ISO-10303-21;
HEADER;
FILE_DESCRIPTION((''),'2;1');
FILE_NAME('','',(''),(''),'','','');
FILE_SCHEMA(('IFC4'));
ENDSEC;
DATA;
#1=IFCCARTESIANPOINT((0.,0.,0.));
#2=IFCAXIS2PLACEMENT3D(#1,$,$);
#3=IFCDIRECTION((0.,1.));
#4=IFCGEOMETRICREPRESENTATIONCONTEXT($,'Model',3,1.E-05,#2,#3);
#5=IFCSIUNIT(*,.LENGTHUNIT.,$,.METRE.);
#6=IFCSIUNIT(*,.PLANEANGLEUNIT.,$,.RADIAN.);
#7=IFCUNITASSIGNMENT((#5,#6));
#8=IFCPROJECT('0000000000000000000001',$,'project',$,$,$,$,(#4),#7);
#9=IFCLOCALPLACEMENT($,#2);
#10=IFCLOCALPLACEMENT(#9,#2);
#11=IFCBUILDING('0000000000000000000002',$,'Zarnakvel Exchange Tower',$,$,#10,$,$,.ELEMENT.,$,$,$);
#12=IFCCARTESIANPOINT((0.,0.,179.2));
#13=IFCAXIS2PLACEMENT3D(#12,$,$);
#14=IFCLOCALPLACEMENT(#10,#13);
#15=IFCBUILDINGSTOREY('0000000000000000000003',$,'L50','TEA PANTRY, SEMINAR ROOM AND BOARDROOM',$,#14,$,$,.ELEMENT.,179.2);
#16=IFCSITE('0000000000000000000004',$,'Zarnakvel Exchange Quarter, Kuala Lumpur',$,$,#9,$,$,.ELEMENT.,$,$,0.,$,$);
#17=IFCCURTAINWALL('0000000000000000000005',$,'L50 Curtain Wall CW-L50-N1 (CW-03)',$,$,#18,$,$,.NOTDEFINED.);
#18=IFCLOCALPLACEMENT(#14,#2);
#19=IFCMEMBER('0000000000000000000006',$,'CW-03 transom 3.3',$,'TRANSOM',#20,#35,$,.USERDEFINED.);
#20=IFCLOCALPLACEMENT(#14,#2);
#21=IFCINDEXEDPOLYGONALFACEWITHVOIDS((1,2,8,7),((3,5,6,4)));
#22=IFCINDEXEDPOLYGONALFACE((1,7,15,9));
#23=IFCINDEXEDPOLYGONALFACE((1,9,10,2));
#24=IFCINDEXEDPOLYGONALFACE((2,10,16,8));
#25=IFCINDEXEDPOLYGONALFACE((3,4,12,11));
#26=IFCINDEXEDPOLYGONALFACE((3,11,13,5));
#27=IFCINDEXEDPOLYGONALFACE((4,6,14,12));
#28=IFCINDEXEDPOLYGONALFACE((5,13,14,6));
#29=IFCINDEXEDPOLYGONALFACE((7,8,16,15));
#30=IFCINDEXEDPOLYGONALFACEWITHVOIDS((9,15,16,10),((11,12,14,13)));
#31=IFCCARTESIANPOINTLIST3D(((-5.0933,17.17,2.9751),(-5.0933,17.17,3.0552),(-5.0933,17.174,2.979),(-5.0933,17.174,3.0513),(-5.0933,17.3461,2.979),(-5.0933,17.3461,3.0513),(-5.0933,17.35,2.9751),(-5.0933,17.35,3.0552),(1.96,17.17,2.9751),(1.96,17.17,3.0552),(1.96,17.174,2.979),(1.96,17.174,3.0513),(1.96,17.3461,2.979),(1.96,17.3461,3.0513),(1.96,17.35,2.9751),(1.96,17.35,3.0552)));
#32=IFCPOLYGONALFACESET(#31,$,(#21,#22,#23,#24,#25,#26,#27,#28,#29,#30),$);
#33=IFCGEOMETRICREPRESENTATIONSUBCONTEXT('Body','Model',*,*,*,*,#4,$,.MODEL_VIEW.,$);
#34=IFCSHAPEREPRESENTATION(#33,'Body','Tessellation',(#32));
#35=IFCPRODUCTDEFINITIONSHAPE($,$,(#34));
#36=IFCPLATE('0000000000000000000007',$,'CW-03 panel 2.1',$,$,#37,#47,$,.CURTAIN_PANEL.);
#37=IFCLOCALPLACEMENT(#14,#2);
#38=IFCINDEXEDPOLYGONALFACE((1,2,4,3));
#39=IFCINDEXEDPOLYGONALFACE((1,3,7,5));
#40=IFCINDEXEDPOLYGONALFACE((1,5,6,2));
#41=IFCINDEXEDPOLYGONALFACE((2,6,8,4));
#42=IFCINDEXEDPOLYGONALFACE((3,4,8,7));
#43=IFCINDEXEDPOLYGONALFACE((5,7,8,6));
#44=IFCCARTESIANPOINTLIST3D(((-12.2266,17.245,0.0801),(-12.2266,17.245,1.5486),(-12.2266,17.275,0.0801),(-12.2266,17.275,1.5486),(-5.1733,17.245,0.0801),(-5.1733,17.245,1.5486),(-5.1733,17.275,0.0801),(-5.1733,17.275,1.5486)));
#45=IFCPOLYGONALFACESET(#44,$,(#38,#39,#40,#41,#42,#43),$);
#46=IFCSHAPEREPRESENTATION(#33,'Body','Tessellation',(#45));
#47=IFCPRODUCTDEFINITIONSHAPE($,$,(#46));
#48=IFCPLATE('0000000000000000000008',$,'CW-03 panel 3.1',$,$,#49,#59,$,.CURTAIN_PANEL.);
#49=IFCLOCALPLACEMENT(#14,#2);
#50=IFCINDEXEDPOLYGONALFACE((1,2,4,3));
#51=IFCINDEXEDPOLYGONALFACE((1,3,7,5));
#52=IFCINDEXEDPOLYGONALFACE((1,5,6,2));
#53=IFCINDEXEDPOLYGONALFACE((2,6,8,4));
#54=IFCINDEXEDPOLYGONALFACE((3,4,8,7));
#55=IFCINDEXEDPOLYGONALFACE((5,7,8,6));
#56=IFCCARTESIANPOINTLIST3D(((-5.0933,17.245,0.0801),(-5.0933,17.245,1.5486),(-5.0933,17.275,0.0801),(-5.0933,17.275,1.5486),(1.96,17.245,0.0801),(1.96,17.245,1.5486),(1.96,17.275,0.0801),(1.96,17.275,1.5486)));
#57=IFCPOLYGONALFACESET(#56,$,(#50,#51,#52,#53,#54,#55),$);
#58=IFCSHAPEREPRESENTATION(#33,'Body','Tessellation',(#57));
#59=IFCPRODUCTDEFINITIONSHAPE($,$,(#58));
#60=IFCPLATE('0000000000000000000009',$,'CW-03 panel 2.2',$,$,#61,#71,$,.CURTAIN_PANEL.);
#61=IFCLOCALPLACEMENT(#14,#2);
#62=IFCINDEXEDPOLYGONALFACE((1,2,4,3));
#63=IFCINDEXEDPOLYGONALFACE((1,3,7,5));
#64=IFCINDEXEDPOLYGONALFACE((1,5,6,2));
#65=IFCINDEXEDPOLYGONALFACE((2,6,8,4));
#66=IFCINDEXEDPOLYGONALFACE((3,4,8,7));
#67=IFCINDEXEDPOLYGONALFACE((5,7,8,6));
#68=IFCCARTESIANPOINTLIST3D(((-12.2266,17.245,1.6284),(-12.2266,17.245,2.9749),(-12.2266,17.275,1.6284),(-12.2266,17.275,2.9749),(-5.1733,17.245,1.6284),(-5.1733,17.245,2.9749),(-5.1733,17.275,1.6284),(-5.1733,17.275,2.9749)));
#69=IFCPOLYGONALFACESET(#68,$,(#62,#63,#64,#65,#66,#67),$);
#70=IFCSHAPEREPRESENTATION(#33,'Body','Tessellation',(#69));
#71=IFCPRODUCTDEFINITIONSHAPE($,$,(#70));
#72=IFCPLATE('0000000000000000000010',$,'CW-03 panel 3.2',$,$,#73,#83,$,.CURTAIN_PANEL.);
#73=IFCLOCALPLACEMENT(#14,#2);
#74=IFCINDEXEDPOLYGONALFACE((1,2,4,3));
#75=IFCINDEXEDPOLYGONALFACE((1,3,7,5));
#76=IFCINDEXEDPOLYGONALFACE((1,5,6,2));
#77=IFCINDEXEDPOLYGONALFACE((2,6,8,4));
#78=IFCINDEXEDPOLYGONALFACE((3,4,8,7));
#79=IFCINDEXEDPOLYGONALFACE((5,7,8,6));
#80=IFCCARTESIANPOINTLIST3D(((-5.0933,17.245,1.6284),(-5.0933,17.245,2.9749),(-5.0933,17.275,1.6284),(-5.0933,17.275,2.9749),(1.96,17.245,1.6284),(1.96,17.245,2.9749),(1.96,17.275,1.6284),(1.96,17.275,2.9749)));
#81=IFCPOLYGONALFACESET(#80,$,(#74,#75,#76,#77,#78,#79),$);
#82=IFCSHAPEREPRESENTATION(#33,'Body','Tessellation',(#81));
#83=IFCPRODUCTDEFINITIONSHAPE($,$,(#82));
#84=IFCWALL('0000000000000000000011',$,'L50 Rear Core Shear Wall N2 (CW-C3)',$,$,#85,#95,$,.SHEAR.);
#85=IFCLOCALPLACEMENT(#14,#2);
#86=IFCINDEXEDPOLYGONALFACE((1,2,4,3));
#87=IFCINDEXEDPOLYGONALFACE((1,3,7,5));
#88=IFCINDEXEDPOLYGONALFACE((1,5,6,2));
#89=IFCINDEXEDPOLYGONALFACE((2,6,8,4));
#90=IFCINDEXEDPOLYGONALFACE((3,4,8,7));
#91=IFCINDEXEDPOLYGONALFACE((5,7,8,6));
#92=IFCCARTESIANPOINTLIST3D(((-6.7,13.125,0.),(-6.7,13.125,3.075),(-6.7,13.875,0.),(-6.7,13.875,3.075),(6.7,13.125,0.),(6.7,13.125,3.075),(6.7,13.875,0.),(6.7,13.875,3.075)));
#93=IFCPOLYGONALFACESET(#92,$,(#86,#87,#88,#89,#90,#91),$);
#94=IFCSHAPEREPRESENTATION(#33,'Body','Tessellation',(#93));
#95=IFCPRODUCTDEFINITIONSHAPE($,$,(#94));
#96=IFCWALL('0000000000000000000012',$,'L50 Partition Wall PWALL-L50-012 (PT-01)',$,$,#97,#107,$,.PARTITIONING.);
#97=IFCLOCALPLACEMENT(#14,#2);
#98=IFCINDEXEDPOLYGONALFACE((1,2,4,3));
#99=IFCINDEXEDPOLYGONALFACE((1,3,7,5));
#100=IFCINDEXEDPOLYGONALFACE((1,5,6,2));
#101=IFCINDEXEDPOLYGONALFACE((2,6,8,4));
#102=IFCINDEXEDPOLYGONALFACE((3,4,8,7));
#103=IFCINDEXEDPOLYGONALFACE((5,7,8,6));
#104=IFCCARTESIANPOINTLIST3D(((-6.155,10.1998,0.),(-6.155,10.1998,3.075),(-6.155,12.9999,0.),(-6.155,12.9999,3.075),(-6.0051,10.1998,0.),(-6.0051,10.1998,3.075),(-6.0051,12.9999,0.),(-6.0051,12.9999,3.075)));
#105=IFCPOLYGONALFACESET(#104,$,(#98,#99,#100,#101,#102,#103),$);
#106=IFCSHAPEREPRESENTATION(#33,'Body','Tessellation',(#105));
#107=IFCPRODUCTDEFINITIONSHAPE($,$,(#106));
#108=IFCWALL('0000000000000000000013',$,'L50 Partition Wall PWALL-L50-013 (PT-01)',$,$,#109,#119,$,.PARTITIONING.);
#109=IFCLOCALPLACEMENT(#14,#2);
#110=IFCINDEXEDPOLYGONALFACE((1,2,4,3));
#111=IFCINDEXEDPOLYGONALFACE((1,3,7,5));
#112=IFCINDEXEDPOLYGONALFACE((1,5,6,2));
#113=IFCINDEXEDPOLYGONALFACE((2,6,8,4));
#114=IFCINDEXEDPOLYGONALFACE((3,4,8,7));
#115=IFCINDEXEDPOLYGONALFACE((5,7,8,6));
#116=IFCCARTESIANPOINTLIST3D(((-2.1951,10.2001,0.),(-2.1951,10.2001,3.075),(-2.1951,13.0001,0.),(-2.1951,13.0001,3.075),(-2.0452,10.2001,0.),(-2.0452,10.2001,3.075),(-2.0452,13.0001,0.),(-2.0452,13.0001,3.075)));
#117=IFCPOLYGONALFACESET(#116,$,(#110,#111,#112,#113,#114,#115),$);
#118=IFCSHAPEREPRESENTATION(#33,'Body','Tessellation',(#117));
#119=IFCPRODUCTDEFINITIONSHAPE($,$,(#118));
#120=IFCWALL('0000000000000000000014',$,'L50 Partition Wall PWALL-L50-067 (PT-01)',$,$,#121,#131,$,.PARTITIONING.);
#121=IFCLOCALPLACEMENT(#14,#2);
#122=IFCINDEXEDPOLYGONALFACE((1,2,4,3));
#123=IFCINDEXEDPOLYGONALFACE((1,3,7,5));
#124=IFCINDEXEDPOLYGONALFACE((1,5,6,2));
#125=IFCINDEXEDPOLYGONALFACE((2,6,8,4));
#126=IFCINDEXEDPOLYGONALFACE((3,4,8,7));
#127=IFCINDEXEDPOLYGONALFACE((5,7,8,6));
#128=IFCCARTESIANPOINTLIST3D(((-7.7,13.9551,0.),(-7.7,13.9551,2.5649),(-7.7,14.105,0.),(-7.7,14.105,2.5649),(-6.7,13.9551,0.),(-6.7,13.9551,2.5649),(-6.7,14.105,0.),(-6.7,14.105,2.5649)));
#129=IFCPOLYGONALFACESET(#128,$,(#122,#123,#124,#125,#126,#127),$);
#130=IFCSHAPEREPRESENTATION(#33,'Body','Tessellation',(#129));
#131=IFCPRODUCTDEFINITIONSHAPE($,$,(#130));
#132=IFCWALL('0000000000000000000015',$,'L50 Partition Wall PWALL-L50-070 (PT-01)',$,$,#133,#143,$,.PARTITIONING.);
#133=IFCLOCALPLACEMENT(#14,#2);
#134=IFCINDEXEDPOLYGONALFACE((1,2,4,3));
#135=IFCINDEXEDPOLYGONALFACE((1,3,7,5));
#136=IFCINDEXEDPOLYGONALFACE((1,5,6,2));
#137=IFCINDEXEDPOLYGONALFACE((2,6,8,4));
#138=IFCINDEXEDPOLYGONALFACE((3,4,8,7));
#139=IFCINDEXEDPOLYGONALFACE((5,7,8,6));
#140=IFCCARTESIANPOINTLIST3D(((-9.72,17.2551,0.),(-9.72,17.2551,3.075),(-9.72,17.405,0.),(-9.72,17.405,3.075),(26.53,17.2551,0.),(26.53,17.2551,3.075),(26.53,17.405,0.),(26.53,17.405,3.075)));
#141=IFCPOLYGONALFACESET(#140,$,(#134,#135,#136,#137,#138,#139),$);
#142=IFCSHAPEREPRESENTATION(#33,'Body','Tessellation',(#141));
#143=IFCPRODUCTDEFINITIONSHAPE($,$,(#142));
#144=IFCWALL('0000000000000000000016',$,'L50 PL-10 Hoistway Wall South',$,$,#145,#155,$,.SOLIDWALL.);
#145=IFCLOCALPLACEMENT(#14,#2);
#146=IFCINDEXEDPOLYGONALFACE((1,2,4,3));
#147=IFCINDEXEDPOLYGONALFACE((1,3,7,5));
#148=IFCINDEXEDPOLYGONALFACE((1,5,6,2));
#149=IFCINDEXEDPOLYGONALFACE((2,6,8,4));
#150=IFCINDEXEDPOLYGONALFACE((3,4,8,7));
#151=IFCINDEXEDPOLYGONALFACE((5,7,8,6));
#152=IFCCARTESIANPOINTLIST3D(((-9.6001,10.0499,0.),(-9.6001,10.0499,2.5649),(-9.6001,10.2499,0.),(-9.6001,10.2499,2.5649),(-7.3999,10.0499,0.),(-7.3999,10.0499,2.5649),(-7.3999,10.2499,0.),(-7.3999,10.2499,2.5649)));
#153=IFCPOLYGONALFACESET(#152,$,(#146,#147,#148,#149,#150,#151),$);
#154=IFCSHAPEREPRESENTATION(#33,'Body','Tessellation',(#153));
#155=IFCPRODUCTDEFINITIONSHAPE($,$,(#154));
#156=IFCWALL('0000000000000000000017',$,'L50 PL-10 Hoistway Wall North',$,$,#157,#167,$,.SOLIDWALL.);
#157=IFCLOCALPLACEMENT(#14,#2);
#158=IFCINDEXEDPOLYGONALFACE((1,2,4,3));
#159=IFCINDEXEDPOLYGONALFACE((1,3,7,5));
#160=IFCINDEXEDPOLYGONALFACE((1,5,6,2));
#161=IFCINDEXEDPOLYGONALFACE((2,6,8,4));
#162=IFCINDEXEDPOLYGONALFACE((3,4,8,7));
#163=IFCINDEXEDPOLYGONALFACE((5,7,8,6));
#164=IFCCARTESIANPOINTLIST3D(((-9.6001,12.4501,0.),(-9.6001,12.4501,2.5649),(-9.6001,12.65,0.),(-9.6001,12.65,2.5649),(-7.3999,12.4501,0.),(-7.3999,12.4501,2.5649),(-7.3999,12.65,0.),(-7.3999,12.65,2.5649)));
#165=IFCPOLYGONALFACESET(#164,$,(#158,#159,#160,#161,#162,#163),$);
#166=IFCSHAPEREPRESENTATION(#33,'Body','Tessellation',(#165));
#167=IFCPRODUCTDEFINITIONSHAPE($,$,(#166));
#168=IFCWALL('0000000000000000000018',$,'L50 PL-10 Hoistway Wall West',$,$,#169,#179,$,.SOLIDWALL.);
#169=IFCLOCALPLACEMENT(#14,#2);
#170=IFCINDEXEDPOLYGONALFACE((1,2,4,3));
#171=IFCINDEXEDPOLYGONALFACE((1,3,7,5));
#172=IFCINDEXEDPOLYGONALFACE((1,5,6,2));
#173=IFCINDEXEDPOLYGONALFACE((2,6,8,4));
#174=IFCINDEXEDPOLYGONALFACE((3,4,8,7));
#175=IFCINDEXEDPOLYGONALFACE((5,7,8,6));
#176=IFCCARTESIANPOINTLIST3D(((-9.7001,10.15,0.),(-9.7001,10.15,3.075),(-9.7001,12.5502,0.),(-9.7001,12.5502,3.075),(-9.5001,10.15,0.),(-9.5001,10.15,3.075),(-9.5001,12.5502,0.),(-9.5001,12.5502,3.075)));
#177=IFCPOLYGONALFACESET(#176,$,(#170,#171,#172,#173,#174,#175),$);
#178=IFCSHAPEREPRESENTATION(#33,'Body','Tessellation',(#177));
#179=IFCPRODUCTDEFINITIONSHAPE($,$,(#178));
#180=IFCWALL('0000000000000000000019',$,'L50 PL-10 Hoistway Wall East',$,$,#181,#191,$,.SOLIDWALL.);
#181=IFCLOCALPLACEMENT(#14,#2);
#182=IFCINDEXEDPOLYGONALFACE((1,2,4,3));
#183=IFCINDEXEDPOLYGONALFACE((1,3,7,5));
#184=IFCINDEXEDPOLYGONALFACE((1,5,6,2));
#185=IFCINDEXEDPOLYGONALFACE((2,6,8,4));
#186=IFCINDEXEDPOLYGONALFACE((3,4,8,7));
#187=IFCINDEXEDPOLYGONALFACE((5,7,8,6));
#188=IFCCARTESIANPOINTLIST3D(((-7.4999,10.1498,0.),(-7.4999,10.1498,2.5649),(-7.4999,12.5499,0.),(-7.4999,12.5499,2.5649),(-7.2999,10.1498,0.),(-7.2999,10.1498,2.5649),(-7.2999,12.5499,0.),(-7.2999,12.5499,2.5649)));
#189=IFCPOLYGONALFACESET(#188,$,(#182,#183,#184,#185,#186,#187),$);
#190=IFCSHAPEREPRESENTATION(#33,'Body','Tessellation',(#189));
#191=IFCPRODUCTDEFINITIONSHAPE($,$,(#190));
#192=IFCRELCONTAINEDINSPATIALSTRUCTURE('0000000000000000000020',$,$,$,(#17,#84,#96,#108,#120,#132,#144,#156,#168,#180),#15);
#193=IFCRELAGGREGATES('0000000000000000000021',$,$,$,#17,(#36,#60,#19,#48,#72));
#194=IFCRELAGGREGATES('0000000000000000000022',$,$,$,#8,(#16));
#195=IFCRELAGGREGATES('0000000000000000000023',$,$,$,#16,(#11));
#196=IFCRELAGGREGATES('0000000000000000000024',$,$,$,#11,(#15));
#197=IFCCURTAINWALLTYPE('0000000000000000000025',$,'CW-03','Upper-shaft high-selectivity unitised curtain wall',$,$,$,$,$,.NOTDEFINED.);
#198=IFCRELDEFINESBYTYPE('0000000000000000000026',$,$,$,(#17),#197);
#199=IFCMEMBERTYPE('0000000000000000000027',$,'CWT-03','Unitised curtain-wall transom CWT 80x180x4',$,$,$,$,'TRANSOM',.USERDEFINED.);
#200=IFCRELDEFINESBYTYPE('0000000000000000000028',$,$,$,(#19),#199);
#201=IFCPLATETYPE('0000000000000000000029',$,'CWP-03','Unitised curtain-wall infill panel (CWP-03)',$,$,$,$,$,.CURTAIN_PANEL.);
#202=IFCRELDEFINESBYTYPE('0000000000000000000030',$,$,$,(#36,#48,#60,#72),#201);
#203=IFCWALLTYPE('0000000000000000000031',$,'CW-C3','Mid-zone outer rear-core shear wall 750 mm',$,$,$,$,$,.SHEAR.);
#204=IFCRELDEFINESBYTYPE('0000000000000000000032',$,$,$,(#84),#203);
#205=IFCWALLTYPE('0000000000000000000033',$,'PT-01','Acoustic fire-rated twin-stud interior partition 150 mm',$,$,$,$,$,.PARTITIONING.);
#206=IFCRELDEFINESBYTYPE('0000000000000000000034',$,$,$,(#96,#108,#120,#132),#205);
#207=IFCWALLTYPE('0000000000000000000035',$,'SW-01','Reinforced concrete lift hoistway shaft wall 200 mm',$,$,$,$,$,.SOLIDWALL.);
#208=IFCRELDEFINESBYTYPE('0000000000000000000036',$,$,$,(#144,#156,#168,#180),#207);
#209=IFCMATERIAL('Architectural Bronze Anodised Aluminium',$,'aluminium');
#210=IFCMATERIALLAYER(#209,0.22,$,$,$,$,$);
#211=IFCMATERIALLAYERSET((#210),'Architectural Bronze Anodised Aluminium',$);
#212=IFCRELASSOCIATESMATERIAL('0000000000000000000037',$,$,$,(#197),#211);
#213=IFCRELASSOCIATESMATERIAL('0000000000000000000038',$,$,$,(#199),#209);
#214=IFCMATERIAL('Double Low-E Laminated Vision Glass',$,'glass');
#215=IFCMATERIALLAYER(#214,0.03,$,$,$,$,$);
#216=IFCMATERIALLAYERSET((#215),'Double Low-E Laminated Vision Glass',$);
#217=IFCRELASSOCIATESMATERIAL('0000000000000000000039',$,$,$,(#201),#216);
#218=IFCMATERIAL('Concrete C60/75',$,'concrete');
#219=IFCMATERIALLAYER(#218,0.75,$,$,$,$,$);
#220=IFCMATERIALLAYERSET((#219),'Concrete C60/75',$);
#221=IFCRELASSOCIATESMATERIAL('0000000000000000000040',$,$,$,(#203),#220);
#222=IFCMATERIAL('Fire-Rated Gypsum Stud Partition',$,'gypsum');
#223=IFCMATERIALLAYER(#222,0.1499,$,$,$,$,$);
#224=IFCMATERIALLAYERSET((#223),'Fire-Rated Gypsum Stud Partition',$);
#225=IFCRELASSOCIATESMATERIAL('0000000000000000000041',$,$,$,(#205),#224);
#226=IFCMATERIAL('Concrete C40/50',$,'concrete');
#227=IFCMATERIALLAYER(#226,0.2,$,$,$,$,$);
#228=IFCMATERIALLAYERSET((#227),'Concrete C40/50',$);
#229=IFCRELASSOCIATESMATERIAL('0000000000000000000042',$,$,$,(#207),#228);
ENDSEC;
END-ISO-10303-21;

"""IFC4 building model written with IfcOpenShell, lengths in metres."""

from ifc_helpers import new_model, si_unit, direction, frame, frame_2d, origin, origin_2d, place, context, subcontext, project, spatial, rectangle, hollow_rectangle, extrude, source, transform, mapped, material, layer, layer_set, material_profile, profile_set, type_object, element, aggregate, save


model = new_model("IFC4")

# Units and contexts
model_context = context("Model", 3, precision=1e-05, world=origin(), true_north=direction((0.0, 1.0)))
body_context = subcontext(model_context, "Body", "Model", "MODEL_VIEW")
ifc_project = project(units=[si_unit("LENGTHUNIT", "METRE"), si_unit("PLANEANGLEUNIT", "RADIAN")], contexts=[model_context])

# Site, building, storey
site_placement = place(None, origin())
site = spatial("IfcSite", under=ifc_project, at=site_placement, Name="Zarnakvel Exchange Quarter, Kuala Lumpur", CompositionType="ELEMENT", RefElevation=0.0)
building_placement = place(site_placement, origin())
building = spatial("IfcBuilding", under=site, at=building_placement, Name="Zarnakvel Exchange Tower", CompositionType="ELEMENT")
storey_placement = place(building_placement, frame((0.0, 0.0, 179.2)))
storey = spatial("IfcBuildingStorey", under=building, at=storey_placement, Name="L50", Description="TEA PANTRY, SEMINAR ROOM AND BOARDROOM", CompositionType="ELEMENT", Elevation=179.2)

# Shared definitions
ifc_material_1 = material(Name="Concrete C60/75", Category="concrete")

# Curtain wall, member, plates
ifc_material_2 = material(Name="Architectural Bronze Anodised Aluminium", Category="aluminium")
ifc_layer_1 = layer(ifc_material_2, 0.22)
ifc_layer_set_1 = layer_set([ifc_layer_1], Name="Architectural Bronze Anodised Aluminium")
curtain_wall_type = type_object("IfcCurtainWallType", Name="CW-03", Description="Upper-shaft high-selectivity unitised curtain wall", PredefinedType="NOTDEFINED", material=ifc_layer_set_1)
curtain_wall_placement = place(storey_placement, origin())
curtain_wall = element("IfcCurtainWall", 1, at=curtain_wall_placement, inside=storey, type_object=curtain_wall_type, Name="L50 Curtain Wall CW-L50-N1 (CW-03)", PredefinedType="NOTDEFINED")
ifc_material_profile_1 = material_profile(ifc_material_2, hollow_rectangle(XDim=0.1799, YDim=0.0801, WallThickness=0.0039, at=origin_2d()))
ifc_profile_set_1 = profile_set([ifc_material_profile_1], Name="Architectural Bronze Anodised Aluminium")
member_type_1 = type_object("IfcMemberType", Name="CWT-03", Description="Unitised curtain-wall transom CWT 80x180x4", ElementType="TRANSOM", PredefinedType="USERDEFINED", material=ifc_profile_set_1)
shared_shape_1 = source(origin(), body_context, "Body", "SweptSolid", [
    extrude(hollow_rectangle(XDim=0.1799, YDim=0.0801, WallThickness=0.0039, at=origin_2d()), origin(), (0.0, 0.0, 1.0), 7.0532),
])
member_1_placement = place(storey_placement, frame((-5.0933, 17.26, 3.0151), z_axis=(1.0, 0.0, 0.0), x_axis=(0.0, 1.0, 0.0)))
member_1 = element("IfcMember", 2, at=member_1_placement, type_object=member_type_1, Name="CW-03 transom 3.3", ObjectType="TRANSOM", PredefinedType="USERDEFINED", context=body_context, shape_type="MappedRepresentation", body=[
    mapped(shared_shape_1, transform((0.0, 0.0, 0.0), x_axis=(1.0, 0.0, 0.0), y_axis=(0.0, 1.0, 0.0), z_axis=(0.0, 0.0, 1.0), scale=1.0)),
])
ifc_material_3 = material(Name="Double Low-E Laminated Vision Glass", Category="glass")
ifc_layer_2 = layer(ifc_material_3, 0.03)
ifc_layer_set_2 = layer_set([ifc_layer_2], Name="Double Low-E Laminated Vision Glass")
plate_type = type_object("IfcPlateType", Name="CWP-03", Description="Unitised curtain-wall infill panel (CWP-03)", PredefinedType="CURTAIN_PANEL", material=ifc_layer_set_2)
shared_shape_2 = source(origin(), body_context, "Body", "SweptSolid", [
    extrude(rectangle(XDim=7.0532, YDim=0.03, at=origin_2d()), origin(), (0.0, 0.0, 1.0), 1.4685),
])
plate_1_placement = place(storey_placement, frame((-8.7, 17.26, 0.0801), z_axis=(0.0, 0.0, 1.0), x_axis=(1.0, 0.0, 0.0)))
plate_1 = element("IfcPlate", 3, at=plate_1_placement, type_object=plate_type, Name="CW-03 panel 2.1", PredefinedType="CURTAIN_PANEL", context=body_context, shape_type="MappedRepresentation", body=[
    mapped(shared_shape_2, transform((0.0, 0.0, 0.0), x_axis=(1.0, 0.0, 0.0), y_axis=(0.0, 1.0, 0.0), z_axis=(0.0, 0.0, 1.0), scale=1.0)),
])
plate_2_placement = place(storey_placement, frame((-1.5667, 17.26, 0.0801), z_axis=(0.0, 0.0, 1.0), x_axis=(1.0, 0.0, 0.0)))
plate_2 = element("IfcPlate", 4, at=plate_2_placement, type_object=plate_type, Name="CW-03 panel 3.1", PredefinedType="CURTAIN_PANEL", context=body_context, shape_type="MappedRepresentation", body=[
    mapped(shared_shape_2, transform((0.0, 0.0, 0.0), x_axis=(1.0, 0.0, 0.0), y_axis=(0.0, 1.0, 0.0), z_axis=(0.0, 0.0, 1.0), scale=1.0)),
])
shared_shape_3 = source(origin(), body_context, "Body", "SweptSolid", [
    extrude(rectangle(XDim=7.0532, YDim=0.03, at=origin_2d()), origin(), (0.0, 0.0, 1.0), 1.3464),
])
plate_3_placement = place(storey_placement, frame((-8.7, 17.26, 1.6284), z_axis=(0.0, 0.0, 1.0), x_axis=(1.0, 0.0, 0.0)))
plate_3 = element("IfcPlate", 5, at=plate_3_placement, type_object=plate_type, Name="CW-03 panel 2.2", PredefinedType="CURTAIN_PANEL", context=body_context, shape_type="MappedRepresentation", body=[
    mapped(shared_shape_3, transform((0.0, 0.0, 0.0), x_axis=(1.0, 0.0, 0.0), y_axis=(0.0, 1.0, 0.0), z_axis=(0.0, 0.0, 1.0), scale=1.0)),
])
plate_4_placement = place(storey_placement, frame((-1.5667, 17.26, 1.6284), z_axis=(0.0, 0.0, 1.0), x_axis=(1.0, 0.0, 0.0)))
plate_4 = element("IfcPlate", 6, at=plate_4_placement, type_object=plate_type, Name="CW-03 panel 3.2", PredefinedType="CURTAIN_PANEL", context=body_context, shape_type="MappedRepresentation", body=[
    mapped(shared_shape_3, transform((0.0, 0.0, 0.0), x_axis=(1.0, 0.0, 0.0), y_axis=(0.0, 1.0, 0.0), z_axis=(0.0, 0.0, 1.0), scale=1.0)),
])
aggregate(curtain_wall, [plate_1, plate_3, member_1, plate_2, plate_4])

# Wall
ifc_layer_3 = layer(ifc_material_1, 0.75)
ifc_layer_set_3 = layer_set([ifc_layer_3], Name="Concrete C60/75")
wall_type_1 = type_object("IfcWallType", Name="CW-C3", Description="Mid-zone outer rear-core shear wall 750 mm", PredefinedType="SHEAR", material=ifc_layer_set_3)
wall_1_placement = place(storey_placement, frame((-6.7, 13.5, 0.0), z_axis=(0.0, 0.0, 1.0), x_axis=(1.0, 0.0, 0.0)))
element("IfcWall", 7, at=wall_1_placement, inside=storey, type_object=wall_type_1, Name="L50 Rear Core Shear Wall N2 (CW-C3)", PredefinedType="SHEAR", context=body_context, shape_type="SweptSolid", body=[
    extrude(rectangle(XDim=13.3999, YDim=0.75, at=frame_2d((6.7, 0.0))), origin(), (0.0, 0.0, 1.0), 3.075),
])

# Shared definitions
ifc_material_4 = material(Name="Fire-Rated Gypsum Stud Partition", Category="gypsum")
ifc_layer_4 = layer(ifc_material_4, 0.1499)
ifc_layer_set_4 = layer_set([ifc_layer_4], Name="Fire-Rated Gypsum Stud Partition")
wall_type_2 = type_object("IfcWallType", Name="PT-01", Description="Acoustic fire-rated twin-stud interior partition 150 mm", PredefinedType="PARTITIONING", material=ifc_layer_set_4)

# Walls
for number, where, z_axis, x_axis, name in (
    (8, (-6.0801, 10.2, 0.0), (0.0, 0.0, 1.0), (0.0, 1.0, 0.0), "L50 Partition Wall PWALL-L50-012 (PT-01)"),
    (9, (-2.1201, 13.0, 0.0), (0.0, 0.0, 1.0), (0.0, -1.0, 0.0), "L50 Partition Wall PWALL-L50-013 (PT-01)"),
):
    element("IfcWall", number, at=place(storey_placement, frame(where, z_axis=z_axis, x_axis=x_axis)), inside=storey, type_object=wall_type_2, Name=name, PredefinedType="PARTITIONING", context=body_context, shape_type="SweptSolid", body=[
        extrude(rectangle(XDim=2.8, YDim=0.1499, at=frame_2d((1.3999, 0.0))), origin(), (0.0, 0.0, 1.0), 3.075),
    ])
wall_2_placement = place(storey_placement, frame((-6.7, 14.03, 0.0), z_axis=(0.0, 0.0, 1.0), x_axis=(-1.0, 0.0, 0.0)))
element("IfcWall", 10, at=wall_2_placement, inside=storey, type_object=wall_type_2, Name="L50 Partition Wall PWALL-L50-067 (PT-01)", PredefinedType="PARTITIONING", context=body_context, shape_type="SweptSolid", body=[
    extrude(rectangle(XDim=1.0, YDim=0.1499, at=frame_2d((0.5, 0.0))), origin(), (0.0, 0.0, 1.0), 2.5649),
])
wall_3_placement = place(storey_placement, frame((-9.72, 17.3301, 0.0), z_axis=(0.0, 0.0, 1.0), x_axis=(1.0, 0.0, 0.0)))
element("IfcWall", 11, at=wall_3_placement, inside=storey, type_object=wall_type_2, Name="L50 Partition Wall PWALL-L50-070 (PT-01)", PredefinedType="PARTITIONING", context=body_context, shape_type="SweptSolid", body=[
    extrude(rectangle(XDim=36.25, YDim=0.1499, at=frame_2d((18.125, 0.0))), origin(), (0.0, 0.0, 1.0), 3.075),
])

# Walls
ifc_material_5 = material(Name="Concrete C40/50", Category="concrete")
ifc_layer_5 = layer(ifc_material_5, 0.2)
ifc_layer_set_5 = layer_set([ifc_layer_5], Name="Concrete C40/50")
wall_type_3 = type_object("IfcWallType", Name="SW-01", Description="Reinforced concrete lift hoistway shaft wall 200 mm", PredefinedType="SOLIDWALL", material=ifc_layer_set_5)
for number, where, z_axis, x_axis, name in (
    (12, (-7.3999, 10.1499, 0.0), (0.0, 0.0, 1.0), (-1.0, 0.0, 0.0), "L50 PL-10 Hoistway Wall South"),
    (13, (-9.6001, 12.55, 0.0), (0.0, 0.0, 1.0), (1.0, 0.0, 0.0), "L50 PL-10 Hoistway Wall North"),
):
    element("IfcWall", number, at=place(storey_placement, frame(where, z_axis=z_axis, x_axis=x_axis)), inside=storey, type_object=wall_type_3, Name=name, PredefinedType="SOLIDWALL", context=body_context, shape_type="SweptSolid", body=[
        extrude(rectangle(XDim=2.2002, YDim=0.2, at=frame_2d((1.1001, 0.0))), origin(), (0.0, 0.0, 1.0), 2.5649),
    ])
wall_4_placement = place(storey_placement, frame((-9.6001, 10.1499, 0.0), z_axis=(0.0, 0.0, 1.0), x_axis=(0.0, 1.0, 0.0)))
element("IfcWall", 14, at=wall_4_placement, inside=storey, type_object=wall_type_3, Name="L50 PL-10 Hoistway Wall West", PredefinedType="SOLIDWALL", context=body_context, shape_type="SweptSolid", body=[
    extrude(rectangle(XDim=2.4001, YDim=0.2, at=frame_2d((1.2002, 0.0))), origin(), (0.0, 0.0, 1.0), 3.075),
])
wall_5_placement = place(storey_placement, frame((-7.3999, 12.55, 0.0), z_axis=(0.0, 0.0, 1.0), x_axis=(0.0, -1.0, 0.0)))
element("IfcWall", 15, at=wall_5_placement, inside=storey, type_object=wall_type_3, Name="L50 PL-10 Hoistway Wall East", PredefinedType="SOLIDWALL", context=body_context, shape_type="SweptSolid", body=[
    extrude(rectangle(XDim=2.4001, YDim=0.2, at=frame_2d((1.2002, 0.0))), origin(), (0.0, 0.0, 1.0), 2.5649),
])

save(model, "model.ifc")
